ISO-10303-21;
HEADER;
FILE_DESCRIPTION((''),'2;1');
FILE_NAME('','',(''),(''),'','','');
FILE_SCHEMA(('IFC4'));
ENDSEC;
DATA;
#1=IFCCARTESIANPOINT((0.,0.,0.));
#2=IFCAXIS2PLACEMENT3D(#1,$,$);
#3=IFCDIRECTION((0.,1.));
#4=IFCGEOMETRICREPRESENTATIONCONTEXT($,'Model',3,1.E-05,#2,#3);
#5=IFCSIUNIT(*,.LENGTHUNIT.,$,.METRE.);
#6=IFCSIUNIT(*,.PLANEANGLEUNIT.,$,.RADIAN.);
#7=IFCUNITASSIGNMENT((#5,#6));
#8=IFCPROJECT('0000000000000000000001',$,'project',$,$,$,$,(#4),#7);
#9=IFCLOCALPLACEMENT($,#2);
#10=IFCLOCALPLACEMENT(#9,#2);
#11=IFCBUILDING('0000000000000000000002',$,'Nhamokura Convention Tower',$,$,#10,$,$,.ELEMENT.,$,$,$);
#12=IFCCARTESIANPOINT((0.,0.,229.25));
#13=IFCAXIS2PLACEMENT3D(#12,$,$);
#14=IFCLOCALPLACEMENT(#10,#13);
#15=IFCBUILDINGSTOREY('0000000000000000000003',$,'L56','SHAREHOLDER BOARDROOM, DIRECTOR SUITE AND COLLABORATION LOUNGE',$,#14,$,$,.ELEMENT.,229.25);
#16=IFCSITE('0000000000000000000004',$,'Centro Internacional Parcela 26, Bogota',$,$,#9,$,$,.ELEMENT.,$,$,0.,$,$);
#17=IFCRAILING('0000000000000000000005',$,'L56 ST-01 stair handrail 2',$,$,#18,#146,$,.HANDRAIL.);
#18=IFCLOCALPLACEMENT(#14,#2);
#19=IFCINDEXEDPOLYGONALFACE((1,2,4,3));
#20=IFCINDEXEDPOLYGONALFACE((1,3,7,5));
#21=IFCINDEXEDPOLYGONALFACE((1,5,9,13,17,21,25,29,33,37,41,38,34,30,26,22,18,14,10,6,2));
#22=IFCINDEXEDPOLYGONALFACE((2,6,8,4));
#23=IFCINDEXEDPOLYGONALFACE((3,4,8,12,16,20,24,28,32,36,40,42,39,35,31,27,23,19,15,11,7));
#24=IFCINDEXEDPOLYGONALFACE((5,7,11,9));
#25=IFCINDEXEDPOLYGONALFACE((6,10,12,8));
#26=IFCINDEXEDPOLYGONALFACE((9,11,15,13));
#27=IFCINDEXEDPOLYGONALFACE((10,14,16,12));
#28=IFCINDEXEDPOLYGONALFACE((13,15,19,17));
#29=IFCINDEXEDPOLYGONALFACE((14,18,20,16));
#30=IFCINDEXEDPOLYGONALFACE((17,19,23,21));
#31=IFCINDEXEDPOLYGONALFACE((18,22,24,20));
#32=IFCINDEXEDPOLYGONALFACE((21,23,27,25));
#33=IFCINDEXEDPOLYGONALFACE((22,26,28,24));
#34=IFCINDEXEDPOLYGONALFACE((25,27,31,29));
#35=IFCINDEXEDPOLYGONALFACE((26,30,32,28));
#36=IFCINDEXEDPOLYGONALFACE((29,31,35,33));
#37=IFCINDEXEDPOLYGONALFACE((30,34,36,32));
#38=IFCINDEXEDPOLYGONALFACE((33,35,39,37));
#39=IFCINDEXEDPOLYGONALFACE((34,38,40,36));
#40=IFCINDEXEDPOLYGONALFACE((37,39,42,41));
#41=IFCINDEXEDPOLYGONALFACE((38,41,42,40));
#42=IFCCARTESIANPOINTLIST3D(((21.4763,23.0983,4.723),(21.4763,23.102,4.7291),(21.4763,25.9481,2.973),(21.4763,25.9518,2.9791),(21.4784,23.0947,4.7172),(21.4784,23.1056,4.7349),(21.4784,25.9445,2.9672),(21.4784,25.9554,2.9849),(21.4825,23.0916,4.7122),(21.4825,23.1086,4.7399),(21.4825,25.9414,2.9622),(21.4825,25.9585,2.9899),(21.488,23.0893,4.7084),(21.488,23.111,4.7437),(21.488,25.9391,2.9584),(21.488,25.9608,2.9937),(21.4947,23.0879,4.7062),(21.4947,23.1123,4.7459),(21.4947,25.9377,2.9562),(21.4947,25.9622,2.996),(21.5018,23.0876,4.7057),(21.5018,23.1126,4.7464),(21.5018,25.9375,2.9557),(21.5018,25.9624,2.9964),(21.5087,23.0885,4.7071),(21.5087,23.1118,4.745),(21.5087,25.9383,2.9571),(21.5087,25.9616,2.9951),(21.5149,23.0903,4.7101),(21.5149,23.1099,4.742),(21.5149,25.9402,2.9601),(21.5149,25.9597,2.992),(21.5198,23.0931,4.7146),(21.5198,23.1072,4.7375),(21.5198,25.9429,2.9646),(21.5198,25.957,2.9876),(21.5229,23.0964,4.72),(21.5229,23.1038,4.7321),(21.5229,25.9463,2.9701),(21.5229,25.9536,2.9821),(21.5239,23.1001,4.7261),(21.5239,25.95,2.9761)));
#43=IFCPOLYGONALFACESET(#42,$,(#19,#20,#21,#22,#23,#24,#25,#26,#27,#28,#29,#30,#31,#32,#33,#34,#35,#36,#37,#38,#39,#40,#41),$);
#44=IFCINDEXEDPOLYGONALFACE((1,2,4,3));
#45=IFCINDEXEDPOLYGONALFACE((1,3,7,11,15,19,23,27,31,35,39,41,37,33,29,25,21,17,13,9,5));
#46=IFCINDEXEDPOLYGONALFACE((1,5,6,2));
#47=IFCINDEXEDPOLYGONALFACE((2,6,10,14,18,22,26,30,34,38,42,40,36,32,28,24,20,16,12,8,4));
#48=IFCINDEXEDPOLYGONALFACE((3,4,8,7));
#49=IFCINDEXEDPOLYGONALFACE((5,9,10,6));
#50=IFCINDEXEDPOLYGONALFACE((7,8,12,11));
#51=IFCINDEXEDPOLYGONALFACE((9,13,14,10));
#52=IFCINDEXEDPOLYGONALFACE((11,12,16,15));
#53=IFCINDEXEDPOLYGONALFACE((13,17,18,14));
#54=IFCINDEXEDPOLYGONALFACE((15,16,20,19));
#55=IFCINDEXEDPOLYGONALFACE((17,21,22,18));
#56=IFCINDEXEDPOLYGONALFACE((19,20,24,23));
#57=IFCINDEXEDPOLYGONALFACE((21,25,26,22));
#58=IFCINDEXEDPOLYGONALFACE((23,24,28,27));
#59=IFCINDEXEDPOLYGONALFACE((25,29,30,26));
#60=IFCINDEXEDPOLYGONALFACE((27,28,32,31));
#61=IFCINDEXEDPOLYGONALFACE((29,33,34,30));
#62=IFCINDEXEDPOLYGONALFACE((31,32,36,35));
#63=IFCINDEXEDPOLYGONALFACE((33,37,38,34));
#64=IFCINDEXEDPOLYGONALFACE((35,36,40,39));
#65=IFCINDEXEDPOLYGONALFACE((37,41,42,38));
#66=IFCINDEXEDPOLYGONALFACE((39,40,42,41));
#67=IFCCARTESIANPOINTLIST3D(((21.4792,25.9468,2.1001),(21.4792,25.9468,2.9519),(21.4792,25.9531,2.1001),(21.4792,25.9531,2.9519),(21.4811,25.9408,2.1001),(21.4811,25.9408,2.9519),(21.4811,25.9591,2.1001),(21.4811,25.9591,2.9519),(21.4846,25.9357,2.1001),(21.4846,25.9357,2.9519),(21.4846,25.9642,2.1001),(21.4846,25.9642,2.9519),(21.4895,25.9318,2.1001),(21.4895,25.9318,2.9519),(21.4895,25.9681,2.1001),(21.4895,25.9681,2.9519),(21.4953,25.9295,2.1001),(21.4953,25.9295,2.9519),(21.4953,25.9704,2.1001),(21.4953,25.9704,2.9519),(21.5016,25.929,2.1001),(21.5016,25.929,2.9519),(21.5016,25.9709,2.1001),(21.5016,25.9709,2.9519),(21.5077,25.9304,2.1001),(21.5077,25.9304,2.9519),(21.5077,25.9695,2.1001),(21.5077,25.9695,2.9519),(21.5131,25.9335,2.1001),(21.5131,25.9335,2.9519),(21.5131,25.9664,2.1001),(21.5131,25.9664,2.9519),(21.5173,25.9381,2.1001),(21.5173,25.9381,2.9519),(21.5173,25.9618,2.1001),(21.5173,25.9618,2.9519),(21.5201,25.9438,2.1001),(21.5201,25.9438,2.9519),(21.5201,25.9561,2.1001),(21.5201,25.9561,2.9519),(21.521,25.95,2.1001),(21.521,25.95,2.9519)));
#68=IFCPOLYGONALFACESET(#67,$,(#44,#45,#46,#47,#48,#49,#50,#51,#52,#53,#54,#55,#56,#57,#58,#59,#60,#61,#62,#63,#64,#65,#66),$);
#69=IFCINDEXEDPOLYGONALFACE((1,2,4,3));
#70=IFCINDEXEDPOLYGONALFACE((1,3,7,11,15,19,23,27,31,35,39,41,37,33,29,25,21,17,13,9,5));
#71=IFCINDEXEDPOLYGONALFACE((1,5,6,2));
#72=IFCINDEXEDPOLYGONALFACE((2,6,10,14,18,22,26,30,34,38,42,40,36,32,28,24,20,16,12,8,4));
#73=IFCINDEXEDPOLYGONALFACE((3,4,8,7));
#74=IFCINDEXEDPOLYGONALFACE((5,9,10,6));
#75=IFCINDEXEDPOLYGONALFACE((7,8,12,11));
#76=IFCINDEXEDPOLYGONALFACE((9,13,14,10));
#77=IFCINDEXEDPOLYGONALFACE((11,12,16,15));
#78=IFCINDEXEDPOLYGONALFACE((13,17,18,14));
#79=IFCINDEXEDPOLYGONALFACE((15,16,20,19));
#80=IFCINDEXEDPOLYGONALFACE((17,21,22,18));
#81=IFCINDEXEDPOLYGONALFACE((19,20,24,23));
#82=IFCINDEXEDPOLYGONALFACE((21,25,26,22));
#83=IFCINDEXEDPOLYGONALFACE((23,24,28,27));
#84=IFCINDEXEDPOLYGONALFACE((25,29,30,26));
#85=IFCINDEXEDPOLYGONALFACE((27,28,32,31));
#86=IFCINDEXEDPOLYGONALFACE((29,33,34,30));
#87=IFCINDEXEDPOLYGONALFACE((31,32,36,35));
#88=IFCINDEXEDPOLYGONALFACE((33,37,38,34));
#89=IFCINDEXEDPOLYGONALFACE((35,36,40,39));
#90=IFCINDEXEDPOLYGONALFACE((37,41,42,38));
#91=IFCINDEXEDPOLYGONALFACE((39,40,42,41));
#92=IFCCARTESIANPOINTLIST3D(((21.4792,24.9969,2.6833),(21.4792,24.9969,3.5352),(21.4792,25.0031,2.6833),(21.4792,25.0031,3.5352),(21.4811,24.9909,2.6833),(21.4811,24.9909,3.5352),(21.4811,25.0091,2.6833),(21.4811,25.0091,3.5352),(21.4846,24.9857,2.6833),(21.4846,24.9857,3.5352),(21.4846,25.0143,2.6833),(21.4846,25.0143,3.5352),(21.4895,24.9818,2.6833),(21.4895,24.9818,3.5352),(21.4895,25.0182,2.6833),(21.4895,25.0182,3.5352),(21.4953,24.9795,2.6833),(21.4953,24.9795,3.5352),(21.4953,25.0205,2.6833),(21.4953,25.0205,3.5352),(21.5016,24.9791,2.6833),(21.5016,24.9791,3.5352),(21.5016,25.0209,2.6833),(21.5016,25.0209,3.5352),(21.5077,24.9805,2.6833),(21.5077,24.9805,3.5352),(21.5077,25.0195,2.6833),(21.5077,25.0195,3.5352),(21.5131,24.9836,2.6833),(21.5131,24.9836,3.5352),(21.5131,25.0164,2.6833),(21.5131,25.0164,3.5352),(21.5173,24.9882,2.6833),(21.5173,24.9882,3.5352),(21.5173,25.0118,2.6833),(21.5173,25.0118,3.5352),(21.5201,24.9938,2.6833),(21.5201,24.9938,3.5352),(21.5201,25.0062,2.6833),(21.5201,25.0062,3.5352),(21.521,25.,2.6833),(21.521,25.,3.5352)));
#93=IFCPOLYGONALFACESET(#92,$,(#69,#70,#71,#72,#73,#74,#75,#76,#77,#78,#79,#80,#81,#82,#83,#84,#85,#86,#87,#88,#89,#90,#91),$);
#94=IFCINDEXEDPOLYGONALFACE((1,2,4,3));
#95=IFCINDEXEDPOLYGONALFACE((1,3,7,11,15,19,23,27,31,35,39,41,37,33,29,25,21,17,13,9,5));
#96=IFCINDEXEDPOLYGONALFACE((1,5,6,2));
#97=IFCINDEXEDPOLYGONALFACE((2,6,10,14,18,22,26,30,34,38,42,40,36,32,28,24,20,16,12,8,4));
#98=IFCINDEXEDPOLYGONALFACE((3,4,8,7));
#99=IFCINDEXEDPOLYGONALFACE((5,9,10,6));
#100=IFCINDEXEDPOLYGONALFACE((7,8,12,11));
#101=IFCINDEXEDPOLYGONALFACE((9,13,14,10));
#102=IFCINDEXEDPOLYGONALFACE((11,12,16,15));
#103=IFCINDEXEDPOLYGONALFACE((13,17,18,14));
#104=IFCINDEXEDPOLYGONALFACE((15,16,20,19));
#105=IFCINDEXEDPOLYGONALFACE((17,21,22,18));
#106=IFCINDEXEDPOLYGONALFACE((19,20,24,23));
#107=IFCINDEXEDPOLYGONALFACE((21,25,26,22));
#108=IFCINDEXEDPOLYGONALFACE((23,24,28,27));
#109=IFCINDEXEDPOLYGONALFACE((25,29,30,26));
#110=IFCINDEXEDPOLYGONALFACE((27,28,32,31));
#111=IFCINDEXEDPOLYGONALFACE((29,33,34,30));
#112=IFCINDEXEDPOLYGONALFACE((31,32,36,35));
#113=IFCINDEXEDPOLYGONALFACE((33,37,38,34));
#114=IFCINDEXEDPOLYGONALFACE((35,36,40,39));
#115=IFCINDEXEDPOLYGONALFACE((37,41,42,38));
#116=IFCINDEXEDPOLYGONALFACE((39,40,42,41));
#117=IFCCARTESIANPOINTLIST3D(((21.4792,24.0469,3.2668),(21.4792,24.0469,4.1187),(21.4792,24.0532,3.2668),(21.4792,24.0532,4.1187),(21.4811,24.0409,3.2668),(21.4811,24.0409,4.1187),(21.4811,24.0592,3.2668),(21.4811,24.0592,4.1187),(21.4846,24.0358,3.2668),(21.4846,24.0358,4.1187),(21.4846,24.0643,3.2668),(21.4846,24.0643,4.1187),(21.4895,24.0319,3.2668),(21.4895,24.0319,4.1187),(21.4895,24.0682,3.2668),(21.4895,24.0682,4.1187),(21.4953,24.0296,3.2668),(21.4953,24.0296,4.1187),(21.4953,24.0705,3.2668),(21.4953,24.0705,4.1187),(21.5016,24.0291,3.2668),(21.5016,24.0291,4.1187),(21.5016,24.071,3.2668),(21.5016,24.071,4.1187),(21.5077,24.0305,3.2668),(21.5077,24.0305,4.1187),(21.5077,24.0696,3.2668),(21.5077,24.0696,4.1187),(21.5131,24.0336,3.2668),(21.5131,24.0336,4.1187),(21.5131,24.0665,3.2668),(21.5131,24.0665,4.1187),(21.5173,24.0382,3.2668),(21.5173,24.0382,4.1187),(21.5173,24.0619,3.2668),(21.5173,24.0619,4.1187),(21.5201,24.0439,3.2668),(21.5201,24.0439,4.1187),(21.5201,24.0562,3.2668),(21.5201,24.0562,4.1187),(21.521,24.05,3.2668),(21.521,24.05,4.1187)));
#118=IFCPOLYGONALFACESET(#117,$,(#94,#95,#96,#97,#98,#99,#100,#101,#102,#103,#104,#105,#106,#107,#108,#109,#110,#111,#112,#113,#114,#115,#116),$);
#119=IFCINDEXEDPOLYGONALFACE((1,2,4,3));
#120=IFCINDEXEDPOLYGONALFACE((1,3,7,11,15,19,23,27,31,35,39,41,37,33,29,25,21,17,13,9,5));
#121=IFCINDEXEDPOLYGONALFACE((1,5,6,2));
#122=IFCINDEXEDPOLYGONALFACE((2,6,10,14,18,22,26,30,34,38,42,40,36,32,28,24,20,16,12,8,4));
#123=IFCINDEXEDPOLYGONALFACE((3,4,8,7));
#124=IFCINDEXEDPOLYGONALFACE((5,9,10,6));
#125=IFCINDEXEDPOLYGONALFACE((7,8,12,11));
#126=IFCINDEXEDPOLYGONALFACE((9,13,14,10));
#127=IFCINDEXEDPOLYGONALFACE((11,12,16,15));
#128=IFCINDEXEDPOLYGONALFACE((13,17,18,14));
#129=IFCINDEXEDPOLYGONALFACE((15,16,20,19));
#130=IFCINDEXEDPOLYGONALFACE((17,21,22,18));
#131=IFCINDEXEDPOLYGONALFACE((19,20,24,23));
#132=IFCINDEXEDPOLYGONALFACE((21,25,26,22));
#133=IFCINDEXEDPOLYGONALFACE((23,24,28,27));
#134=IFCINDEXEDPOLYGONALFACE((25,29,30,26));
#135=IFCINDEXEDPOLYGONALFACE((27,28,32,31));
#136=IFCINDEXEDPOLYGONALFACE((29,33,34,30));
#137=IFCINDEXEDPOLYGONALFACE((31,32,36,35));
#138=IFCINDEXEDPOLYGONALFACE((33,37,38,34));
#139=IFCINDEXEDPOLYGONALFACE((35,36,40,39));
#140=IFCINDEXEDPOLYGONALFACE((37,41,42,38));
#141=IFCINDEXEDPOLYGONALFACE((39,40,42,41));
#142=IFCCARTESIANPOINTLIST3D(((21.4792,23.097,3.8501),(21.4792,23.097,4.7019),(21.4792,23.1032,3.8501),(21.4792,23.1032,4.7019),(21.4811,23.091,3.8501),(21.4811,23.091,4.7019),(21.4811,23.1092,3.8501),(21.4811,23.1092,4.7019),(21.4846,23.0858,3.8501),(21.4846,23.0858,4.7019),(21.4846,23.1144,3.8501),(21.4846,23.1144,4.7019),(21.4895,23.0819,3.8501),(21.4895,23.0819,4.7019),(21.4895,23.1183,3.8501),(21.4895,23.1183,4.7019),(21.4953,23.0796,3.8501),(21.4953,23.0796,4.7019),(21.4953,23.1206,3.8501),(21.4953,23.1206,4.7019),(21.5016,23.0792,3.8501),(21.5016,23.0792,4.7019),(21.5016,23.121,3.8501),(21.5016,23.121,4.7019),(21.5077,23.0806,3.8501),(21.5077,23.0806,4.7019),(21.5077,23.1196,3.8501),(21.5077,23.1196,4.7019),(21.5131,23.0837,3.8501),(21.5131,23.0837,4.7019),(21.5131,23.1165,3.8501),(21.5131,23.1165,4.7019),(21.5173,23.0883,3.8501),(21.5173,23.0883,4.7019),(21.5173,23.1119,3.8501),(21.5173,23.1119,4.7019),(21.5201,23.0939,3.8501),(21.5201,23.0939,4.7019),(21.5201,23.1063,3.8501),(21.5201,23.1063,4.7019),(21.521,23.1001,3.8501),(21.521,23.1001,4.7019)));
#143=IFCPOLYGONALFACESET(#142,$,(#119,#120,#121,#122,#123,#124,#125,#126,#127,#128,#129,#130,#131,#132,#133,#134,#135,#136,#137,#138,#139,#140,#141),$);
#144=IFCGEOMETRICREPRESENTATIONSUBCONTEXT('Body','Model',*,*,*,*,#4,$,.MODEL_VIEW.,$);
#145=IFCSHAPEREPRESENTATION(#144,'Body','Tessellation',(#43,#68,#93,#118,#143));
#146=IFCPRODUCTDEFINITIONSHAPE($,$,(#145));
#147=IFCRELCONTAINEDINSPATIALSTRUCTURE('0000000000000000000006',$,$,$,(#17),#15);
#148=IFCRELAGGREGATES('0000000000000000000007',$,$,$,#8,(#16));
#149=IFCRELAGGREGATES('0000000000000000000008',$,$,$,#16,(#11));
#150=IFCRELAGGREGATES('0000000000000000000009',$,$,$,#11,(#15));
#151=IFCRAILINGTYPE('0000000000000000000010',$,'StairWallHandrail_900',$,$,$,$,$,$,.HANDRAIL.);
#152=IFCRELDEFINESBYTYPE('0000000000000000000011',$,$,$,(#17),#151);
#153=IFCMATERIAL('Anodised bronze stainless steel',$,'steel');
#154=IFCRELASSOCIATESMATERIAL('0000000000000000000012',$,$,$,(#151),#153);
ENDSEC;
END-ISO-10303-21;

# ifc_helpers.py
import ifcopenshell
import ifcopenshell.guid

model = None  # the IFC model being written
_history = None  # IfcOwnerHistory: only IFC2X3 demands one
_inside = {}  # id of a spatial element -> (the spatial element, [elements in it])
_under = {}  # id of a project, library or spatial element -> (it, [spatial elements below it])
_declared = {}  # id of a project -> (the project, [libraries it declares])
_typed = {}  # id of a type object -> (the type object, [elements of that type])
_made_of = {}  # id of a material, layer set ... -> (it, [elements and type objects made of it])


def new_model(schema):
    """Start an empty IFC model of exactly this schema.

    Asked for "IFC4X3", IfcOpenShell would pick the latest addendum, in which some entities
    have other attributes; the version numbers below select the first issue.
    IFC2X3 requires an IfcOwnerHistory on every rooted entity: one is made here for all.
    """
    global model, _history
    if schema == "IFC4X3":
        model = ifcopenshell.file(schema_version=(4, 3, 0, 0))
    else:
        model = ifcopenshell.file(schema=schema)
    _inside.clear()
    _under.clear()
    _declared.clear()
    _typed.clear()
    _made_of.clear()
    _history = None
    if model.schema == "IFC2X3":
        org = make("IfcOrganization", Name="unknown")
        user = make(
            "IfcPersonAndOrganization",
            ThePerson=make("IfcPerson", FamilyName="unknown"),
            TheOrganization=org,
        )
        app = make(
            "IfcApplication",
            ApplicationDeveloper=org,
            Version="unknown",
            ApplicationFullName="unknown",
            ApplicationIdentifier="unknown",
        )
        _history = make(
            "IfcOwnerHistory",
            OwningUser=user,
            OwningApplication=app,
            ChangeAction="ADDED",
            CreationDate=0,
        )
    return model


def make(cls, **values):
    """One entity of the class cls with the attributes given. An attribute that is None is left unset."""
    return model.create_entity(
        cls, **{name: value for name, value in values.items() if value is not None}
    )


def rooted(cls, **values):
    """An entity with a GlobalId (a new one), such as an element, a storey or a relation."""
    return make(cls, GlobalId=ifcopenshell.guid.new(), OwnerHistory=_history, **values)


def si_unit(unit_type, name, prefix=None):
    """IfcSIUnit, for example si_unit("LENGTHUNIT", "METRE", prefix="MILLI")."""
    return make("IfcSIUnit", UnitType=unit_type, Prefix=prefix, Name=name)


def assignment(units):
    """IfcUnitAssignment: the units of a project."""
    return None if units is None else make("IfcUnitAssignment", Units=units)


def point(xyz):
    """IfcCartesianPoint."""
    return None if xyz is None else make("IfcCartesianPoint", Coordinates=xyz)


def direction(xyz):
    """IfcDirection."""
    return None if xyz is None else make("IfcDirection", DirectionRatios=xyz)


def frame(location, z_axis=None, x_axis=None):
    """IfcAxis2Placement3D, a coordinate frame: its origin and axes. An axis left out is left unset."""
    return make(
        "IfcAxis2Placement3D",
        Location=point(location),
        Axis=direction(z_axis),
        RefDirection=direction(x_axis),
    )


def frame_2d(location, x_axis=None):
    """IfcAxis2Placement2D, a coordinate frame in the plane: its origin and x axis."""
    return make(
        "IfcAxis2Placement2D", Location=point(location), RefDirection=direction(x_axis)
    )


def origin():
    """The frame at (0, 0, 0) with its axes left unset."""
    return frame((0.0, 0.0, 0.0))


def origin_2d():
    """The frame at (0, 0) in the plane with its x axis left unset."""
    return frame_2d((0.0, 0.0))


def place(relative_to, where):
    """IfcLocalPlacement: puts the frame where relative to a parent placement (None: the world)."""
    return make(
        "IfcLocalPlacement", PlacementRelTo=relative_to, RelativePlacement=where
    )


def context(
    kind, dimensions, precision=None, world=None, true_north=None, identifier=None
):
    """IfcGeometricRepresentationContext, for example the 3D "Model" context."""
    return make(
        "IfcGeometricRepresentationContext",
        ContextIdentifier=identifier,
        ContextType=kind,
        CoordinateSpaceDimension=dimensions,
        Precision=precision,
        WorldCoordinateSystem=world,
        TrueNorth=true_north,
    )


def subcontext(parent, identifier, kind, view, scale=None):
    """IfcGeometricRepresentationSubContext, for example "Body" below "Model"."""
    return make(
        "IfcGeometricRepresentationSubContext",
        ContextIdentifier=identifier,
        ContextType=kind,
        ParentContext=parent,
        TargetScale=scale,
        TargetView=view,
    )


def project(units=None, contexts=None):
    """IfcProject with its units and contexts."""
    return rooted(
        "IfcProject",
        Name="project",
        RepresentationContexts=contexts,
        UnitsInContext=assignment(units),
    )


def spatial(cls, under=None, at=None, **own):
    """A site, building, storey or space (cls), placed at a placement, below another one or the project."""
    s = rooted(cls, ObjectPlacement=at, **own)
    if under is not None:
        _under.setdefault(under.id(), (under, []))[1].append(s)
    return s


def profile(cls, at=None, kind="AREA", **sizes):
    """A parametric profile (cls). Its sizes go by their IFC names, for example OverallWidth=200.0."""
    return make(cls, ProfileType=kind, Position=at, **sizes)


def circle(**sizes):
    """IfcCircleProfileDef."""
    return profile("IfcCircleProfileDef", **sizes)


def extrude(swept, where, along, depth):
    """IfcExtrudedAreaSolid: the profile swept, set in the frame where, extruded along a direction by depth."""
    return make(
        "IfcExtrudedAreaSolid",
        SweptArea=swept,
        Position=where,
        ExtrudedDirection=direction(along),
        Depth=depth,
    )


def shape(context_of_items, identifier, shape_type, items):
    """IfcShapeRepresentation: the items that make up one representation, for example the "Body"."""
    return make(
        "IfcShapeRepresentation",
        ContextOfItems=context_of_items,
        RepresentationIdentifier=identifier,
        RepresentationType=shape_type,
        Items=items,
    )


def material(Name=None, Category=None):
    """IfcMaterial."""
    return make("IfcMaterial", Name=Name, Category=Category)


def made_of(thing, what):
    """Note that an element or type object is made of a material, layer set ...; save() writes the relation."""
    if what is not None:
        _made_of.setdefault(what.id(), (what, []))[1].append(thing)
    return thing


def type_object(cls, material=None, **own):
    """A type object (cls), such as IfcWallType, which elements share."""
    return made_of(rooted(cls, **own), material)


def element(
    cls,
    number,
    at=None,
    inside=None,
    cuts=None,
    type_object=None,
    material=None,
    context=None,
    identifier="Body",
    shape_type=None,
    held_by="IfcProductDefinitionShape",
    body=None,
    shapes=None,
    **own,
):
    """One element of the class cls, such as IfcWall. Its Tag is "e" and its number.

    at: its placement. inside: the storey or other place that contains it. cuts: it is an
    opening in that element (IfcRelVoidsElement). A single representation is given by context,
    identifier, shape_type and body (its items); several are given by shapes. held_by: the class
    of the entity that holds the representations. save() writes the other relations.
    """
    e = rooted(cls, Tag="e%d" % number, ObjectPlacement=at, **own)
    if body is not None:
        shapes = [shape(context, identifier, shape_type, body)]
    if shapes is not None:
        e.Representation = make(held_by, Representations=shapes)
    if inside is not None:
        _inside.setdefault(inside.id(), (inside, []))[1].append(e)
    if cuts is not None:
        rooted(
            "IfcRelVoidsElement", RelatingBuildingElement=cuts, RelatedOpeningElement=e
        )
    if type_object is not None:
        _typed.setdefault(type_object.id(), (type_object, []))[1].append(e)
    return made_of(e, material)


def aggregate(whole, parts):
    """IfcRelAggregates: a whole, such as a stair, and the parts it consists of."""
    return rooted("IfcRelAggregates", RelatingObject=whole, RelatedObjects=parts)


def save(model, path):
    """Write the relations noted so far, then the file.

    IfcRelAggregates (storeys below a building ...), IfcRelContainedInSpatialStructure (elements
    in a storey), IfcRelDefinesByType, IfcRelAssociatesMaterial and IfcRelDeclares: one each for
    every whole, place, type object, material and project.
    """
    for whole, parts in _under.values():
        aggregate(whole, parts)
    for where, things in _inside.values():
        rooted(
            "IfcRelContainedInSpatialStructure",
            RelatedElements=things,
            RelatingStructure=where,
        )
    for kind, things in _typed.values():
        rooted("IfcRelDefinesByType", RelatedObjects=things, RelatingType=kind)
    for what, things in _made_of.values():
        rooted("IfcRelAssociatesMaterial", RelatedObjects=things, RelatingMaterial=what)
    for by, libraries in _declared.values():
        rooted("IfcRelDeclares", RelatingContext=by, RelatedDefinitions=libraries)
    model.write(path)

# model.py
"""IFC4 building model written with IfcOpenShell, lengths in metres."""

from ifc_helpers import new_model, si_unit, direction, frame, origin, origin_2d, place, context, subcontext, project, spatial, circle, extrude, material, type_object, element, save


model = new_model("IFC4")

# Units and contexts
model_context = context("Model", 3, precision=1e-05, world=origin(), true_north=direction((0.0, 1.0)))
body_context = subcontext(model_context, "Body", "Model", "MODEL_VIEW")
ifc_project = project(units=[si_unit("LENGTHUNIT", "METRE"), si_unit("PLANEANGLEUNIT", "RADIAN")], contexts=[model_context])

# Site, building, storey
site_placement = place(None, origin())
site = spatial("IfcSite", under=ifc_project, at=site_placement, Name="Centro Internacional Parcela 26, Bogota", CompositionType="ELEMENT", RefElevation=0.0)
building_placement = place(site_placement, origin())
building = spatial("IfcBuilding", under=site, at=building_placement, Name="Nhamokura Convention Tower", CompositionType="ELEMENT")
storey_placement = place(building_placement, frame((0.0, 0.0, 229.25)))
storey = spatial("IfcBuildingStorey", under=building, at=storey_placement, Name="L56", Description="SHAREHOLDER BOARDROOM, DIRECTOR SUITE AND COLLABORATION LOUNGE", CompositionType="ELEMENT", Elevation=229.25)

# Railing
ifc_material_1 = material(Name="Anodised bronze stainless steel", Category="steel")
railing_type_1 = type_object("IfcRailingType", Name="StairWallHandrail_900", PredefinedType="HANDRAIL", material=ifc_material_1)
railing_1_placement = place(storey_placement, frame((21.5, 25.95, 2.1001)))
element("IfcRailing", 1, at=railing_1_placement, inside=storey, type_object=railing_type_1, Name="L56 ST-01 stair handrail 2", PredefinedType="HANDRAIL", context=body_context, shape_type="SweptSolid", body=[
    extrude(circle(Radius=0.0239, at=origin_2d()), frame((0.0, 0.0, 0.876), z_axis=(0.0, -0.852159, 0.523283), x_axis=(1.0, 0.0, 0.0)), (0.0, 0.0, 1.0), 3.3442),
    extrude(circle(Radius=0.021, at=origin_2d()), origin(), (0.0, 0.0, 1.0), 0.8518),
    extrude(circle(Radius=0.021, at=origin_2d()), frame((0.0, -0.95, 0.5833)), (0.0, 0.0, 1.0), 0.8518),
    extrude(circle(Radius=0.021, at=origin_2d()), frame((0.0, -1.8999, 1.1667)), (0.0, 0.0, 1.0), 0.8518),
    extrude(circle(Radius=0.021, at=origin_2d()), frame((0.0, -2.8499, 1.75)), (0.0, 0.0, 1.0), 0.8518),
])

save(model, "model.ifc")
